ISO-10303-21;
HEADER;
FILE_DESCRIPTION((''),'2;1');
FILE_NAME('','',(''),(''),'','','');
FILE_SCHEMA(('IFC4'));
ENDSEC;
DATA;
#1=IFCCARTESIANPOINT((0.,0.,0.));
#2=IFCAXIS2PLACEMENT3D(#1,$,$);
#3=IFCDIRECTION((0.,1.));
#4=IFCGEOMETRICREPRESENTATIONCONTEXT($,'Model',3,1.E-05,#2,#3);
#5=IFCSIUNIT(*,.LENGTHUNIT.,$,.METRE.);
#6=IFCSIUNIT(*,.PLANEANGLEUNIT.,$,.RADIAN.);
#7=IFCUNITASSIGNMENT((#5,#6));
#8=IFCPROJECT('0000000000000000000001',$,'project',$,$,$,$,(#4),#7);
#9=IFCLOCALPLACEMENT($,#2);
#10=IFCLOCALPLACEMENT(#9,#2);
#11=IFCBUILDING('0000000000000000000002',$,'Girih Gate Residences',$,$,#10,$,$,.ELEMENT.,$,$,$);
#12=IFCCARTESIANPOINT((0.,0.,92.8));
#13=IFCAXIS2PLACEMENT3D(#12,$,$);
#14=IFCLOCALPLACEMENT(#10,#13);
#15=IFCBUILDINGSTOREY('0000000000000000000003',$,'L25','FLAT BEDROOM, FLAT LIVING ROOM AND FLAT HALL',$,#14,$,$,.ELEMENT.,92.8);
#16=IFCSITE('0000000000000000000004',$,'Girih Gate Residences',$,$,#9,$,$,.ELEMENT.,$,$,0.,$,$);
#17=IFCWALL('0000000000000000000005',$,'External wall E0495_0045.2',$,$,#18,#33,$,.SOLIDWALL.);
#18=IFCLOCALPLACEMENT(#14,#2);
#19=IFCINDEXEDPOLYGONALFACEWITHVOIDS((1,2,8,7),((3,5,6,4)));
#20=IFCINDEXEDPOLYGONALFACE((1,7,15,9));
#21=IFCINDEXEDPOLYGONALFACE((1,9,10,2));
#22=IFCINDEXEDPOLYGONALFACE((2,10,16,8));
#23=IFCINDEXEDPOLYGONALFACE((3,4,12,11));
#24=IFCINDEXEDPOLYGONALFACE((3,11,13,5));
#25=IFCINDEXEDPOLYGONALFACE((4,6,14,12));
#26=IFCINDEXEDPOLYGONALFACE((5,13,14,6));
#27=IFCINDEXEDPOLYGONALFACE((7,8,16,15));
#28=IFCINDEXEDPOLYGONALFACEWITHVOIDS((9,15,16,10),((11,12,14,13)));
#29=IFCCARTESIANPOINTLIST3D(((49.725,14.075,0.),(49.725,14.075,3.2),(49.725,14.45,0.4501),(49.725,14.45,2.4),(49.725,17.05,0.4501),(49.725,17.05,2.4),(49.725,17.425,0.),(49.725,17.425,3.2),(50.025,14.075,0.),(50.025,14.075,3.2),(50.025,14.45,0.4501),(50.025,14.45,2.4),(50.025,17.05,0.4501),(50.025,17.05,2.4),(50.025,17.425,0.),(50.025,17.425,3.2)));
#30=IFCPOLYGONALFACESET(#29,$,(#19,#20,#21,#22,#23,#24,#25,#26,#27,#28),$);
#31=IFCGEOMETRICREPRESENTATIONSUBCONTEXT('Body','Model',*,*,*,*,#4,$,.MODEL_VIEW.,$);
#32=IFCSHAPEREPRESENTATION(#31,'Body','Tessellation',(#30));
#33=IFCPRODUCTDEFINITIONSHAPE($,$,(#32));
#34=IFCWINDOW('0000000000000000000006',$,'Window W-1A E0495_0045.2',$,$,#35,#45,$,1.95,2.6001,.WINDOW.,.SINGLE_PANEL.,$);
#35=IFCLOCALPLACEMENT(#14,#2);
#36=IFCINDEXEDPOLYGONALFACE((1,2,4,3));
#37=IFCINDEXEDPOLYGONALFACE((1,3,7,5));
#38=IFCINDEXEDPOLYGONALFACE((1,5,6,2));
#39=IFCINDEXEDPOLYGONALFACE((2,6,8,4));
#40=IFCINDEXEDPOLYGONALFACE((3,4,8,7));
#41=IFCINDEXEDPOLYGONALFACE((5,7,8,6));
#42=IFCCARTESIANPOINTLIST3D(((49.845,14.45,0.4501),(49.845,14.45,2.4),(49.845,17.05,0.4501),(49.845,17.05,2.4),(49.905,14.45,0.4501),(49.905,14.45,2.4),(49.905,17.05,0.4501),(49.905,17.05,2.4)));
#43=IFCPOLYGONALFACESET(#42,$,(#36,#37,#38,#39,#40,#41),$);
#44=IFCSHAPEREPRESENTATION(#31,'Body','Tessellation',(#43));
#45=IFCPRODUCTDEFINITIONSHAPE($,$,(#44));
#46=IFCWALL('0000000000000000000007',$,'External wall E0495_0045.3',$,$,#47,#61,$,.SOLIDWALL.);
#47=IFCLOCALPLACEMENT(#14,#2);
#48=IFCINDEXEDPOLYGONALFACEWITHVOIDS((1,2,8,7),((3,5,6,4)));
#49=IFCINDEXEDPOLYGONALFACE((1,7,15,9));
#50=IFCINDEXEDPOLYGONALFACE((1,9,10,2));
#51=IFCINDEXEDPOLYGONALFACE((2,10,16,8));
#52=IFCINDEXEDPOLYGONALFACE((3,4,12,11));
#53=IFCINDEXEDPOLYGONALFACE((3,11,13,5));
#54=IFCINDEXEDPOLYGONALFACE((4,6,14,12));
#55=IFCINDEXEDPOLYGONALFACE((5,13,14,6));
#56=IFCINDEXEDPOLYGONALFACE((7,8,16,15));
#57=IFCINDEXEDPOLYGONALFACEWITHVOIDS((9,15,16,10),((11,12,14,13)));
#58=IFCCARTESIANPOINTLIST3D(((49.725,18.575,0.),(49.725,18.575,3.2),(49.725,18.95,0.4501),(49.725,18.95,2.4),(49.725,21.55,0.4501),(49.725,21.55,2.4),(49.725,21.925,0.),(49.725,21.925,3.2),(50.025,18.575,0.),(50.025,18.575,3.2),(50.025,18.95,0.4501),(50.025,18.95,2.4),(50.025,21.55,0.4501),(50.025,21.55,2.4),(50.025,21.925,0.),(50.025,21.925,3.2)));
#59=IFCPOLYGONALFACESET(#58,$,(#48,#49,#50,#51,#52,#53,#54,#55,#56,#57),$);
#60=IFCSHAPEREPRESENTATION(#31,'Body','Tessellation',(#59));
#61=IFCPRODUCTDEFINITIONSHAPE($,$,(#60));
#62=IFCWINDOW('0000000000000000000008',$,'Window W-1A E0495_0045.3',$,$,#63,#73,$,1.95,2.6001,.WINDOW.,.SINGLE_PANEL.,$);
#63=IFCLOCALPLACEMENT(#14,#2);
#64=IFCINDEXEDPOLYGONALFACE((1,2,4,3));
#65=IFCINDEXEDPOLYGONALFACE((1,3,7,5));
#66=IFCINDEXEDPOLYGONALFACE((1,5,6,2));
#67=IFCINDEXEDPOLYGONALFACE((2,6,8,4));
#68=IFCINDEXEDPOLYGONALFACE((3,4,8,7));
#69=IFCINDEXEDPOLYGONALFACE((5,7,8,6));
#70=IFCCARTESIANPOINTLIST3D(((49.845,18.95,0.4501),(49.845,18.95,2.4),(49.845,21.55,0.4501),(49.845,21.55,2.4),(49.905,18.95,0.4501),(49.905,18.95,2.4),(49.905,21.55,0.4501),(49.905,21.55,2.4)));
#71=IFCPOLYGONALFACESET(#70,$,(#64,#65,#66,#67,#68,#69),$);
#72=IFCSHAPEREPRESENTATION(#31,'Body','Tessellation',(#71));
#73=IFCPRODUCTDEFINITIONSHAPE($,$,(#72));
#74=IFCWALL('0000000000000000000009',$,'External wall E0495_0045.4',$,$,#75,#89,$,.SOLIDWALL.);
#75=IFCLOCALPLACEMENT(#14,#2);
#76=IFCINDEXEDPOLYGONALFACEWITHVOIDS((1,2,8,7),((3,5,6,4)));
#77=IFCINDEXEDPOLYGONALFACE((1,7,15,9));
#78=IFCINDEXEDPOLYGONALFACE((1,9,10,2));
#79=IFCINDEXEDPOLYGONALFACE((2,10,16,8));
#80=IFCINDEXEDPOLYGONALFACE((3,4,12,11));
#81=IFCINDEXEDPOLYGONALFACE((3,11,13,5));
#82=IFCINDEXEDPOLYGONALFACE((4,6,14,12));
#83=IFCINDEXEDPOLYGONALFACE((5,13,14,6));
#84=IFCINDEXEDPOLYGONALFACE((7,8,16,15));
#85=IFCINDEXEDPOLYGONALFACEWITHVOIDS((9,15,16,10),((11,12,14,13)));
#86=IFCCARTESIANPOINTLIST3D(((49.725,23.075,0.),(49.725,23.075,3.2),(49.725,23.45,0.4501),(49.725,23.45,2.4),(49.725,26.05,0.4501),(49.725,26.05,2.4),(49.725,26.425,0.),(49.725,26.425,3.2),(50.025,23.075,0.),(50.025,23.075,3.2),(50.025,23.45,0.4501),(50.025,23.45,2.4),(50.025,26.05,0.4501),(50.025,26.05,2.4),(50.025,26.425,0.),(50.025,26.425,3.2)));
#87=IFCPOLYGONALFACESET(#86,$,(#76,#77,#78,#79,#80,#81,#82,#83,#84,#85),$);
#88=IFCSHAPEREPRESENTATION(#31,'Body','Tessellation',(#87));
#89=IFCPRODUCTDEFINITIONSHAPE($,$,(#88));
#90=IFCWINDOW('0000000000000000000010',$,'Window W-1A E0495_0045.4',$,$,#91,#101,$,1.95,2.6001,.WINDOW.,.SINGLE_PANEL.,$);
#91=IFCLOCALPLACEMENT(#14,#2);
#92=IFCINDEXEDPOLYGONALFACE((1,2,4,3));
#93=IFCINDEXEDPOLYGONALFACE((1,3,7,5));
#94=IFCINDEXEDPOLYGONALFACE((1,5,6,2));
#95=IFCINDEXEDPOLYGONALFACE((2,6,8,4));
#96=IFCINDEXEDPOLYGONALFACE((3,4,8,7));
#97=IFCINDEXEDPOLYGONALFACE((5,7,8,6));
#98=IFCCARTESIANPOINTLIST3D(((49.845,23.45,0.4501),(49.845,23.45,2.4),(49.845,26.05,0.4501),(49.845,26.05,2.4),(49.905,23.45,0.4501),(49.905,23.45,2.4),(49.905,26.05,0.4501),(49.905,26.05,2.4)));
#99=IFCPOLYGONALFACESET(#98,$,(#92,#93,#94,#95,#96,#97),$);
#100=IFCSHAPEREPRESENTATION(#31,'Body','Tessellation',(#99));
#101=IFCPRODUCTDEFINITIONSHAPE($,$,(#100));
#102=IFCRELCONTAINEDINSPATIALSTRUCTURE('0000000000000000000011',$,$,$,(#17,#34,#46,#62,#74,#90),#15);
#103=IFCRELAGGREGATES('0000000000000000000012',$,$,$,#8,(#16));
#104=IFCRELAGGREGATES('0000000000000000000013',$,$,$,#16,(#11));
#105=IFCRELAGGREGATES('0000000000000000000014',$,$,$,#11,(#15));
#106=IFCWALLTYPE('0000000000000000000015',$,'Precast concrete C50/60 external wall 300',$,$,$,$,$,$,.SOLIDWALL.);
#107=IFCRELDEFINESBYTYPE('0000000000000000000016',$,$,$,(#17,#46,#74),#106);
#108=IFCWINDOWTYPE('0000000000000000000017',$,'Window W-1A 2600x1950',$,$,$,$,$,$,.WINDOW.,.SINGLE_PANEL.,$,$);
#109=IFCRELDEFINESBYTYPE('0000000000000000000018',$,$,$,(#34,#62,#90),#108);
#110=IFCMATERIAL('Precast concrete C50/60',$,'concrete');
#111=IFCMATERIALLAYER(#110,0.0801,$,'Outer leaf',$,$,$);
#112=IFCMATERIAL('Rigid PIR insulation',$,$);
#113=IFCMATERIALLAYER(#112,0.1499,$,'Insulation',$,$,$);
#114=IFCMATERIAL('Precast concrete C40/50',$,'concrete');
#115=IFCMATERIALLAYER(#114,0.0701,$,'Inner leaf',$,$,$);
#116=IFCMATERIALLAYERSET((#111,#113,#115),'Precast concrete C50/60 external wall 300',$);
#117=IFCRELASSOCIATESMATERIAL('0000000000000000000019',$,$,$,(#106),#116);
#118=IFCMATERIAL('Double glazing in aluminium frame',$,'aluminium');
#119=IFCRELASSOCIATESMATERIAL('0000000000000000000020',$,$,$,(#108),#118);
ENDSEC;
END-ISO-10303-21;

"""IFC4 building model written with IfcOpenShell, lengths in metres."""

from ifc_helpers import new_model, si_unit, direction, frame, frame_2d, origin, place, context, subcontext, project, spatial, rectangle, extrude, material, layer, layer_set, type_object, element, fill, save


model = new_model("IFC4")

# Units and contexts
model_context = context("Model", 3, precision=1e-05, world=origin(), true_north=direction((0.0, 1.0)))
body_context = subcontext(model_context, "Body", "Model", "MODEL_VIEW")
ifc_project = project(units=[si_unit("LENGTHUNIT", "METRE"), si_unit("PLANEANGLEUNIT", "RADIAN")], contexts=[model_context])

# Site, building, storey
site_placement = place(None, origin())
site = spatial("IfcSite", under=ifc_project, at=site_placement, Name="Girih Gate Residences", CompositionType="ELEMENT", RefElevation=0.0)
building_placement = place(site_placement, origin())
building = spatial("IfcBuilding", under=site, at=building_placement, Name="Girih Gate Residences", CompositionType="ELEMENT")
storey_placement = place(building_placement, frame((0.0, 0.0, 92.8)))
storey = spatial("IfcBuildingStorey", under=building, at=storey_placement, Name="L25", Description="FLAT BEDROOM, FLAT LIVING ROOM AND FLAT HALL", CompositionType="ELEMENT", Elevation=92.8)

# Walls, openings, windows
ifc_material_1 = material(Name="Precast concrete C50/60", Category="concrete")
ifc_layer_1 = layer(ifc_material_1, 0.0801, Name="Outer leaf")
ifc_material_2 = material(Name="Rigid PIR insulation")
ifc_layer_2 = layer(ifc_material_2, 0.1499, Name="Insulation")
ifc_material_3 = material(Name="Precast concrete C40/50", Category="concrete")
ifc_layer_3 = layer(ifc_material_3, 0.0701, Name="Inner leaf")
ifc_layer_set_1 = layer_set([ifc_layer_1, ifc_layer_2, ifc_layer_3], Name="Precast concrete C50/60 external wall 300")
wall_type_1 = type_object("IfcWallType", Name="Precast concrete C50/60 external wall 300", PredefinedType="SOLIDWALL", material=ifc_layer_set_1)
wall_1_placement = place(storey_placement, frame((49.875, 17.425, 0.0), z_axis=(0.0, 0.0, 1.0), x_axis=(0.0, -1.0, 0.0)))
wall_1 = element("IfcWall", 1, at=wall_1_placement, inside=storey, type_object=wall_type_1, Name="External wall E0495_0045.2", PredefinedType="SOLIDWALL", context=body_context, shape_type="SweptSolid", body=[
    extrude(rectangle(XDim=3.3501, YDim=0.3, at=frame_2d((1.675, 0.0))), origin(), (0.0, 0.0, 1.0), 3.2),
])
opening_1_placement = place(wall_1_placement, frame((0.375, 0.0, 0.45)))
opening_1 = element("IfcOpeningElement", 2, at=opening_1_placement, cuts=wall_1, PredefinedType="OPENING", context=body_context, shape_type="SweptSolid", body=[
    extrude(rectangle(XDim=2.6001, YDim=1.95, at=frame_2d((1.3, 0.9751))), frame((0.0, 0.1599, 0.0), z_axis=(0.0, -1.0, 0.0), x_axis=(1.0, 0.0, 0.0)), (0.0, 0.0, 1.0), 0.3201),
])
ifc_material_4 = material(Name="Double glazing in aluminium frame", Category="aluminium")
window_type = type_object("IfcWindowType", Name="Window W-1A 2600x1950", PartitioningType="SINGLE_PANEL", PredefinedType="WINDOW", material=ifc_material_4)
window_1_placement = place(opening_1_placement, origin())
window_1 = element("IfcWindow", 3, at=window_1_placement, inside=storey, type_object=window_type, Name="Window W-1A E0495_0045.2", OverallHeight=1.95, OverallWidth=2.6001, PartitioningType="SINGLE_PANEL", PredefinedType="WINDOW", context=body_context, shape_type="SweptSolid", body=[
    extrude(rectangle(XDim=2.6001, YDim=1.95, at=frame_2d((1.3, 0.9751))), frame((0.0, 0.03, 0.0), z_axis=(0.0, -1.0, 0.0), x_axis=(1.0, 0.0, 0.0)), (0.0, 0.0, 1.0), 0.0601),
])
fill(opening_1, window_1)
wall_2_placement = place(storey_placement, frame((49.875, 21.925, 0.0), z_axis=(0.0, 0.0, 1.0), x_axis=(0.0, -1.0, 0.0)))
wall_2 = element("IfcWall", 4, at=wall_2_placement, inside=storey, type_object=wall_type_1, Name="External wall E0495_0045.3", PredefinedType="SOLIDWALL", context=body_context, shape_type="SweptSolid", body=[
    extrude(rectangle(XDim=3.3501, YDim=0.3, at=frame_2d((1.675, 0.0))), origin(), (0.0, 0.0, 1.0), 3.2),
])
opening_2_placement = place(wall_2_placement, frame((0.375, 0.0, 0.45)))
opening_2 = element("IfcOpeningElement", 5, at=opening_2_placement, cuts=wall_2, PredefinedType="OPENING", context=body_context, shape_type="SweptSolid", body=[
    extrude(rectangle(XDim=2.6001, YDim=1.95, at=frame_2d((1.3, 0.9751))), frame((0.0, 0.1599, 0.0), z_axis=(0.0, -1.0, 0.0), x_axis=(1.0, 0.0, 0.0)), (0.0, 0.0, 1.0), 0.3201),
])
window_2_placement = place(opening_2_placement, origin())
window_2 = element("IfcWindow", 6, at=window_2_placement, inside=storey, type_object=window_type, Name="Window W-1A E0495_0045.3", OverallHeight=1.95, OverallWidth=2.6001, PartitioningType="SINGLE_PANEL", PredefinedType="WINDOW", context=body_context, shape_type="SweptSolid", body=[
    extrude(rectangle(XDim=2.6001, YDim=1.95, at=frame_2d((1.3, 0.9751))), frame((0.0, 0.03, 0.0), z_axis=(0.0, -1.0, 0.0), x_axis=(1.0, 0.0, 0.0)), (0.0, 0.0, 1.0), 0.0601),
])
fill(opening_2, window_2)
wall_3_placement = place(storey_placement, frame((49.875, 26.425, 0.0), z_axis=(0.0, 0.0, 1.0), x_axis=(0.0, -1.0, 0.0)))
wall_3 = element("IfcWall", 7, at=wall_3_placement, inside=storey, type_object=wall_type_1, Name="External wall E0495_0045.4", PredefinedType="SOLIDWALL", context=body_context, shape_type="SweptSolid", body=[
    extrude(rectangle(XDim=3.3501, YDim=0.3, at=frame_2d((1.675, 0.0))), origin(), (0.0, 0.0, 1.0), 3.2),
])
opening_3_placement = place(wall_3_placement, frame((0.375, 0.0, 0.45)))
opening_3 = element("IfcOpeningElement", 8, at=opening_3_placement, cuts=wall_3, PredefinedType="OPENING", context=body_context, shape_type="SweptSolid", body=[
    extrude(rectangle(XDim=2.6001, YDim=1.95, at=frame_2d((1.3, 0.9751))), frame((0.0, 0.1599, 0.0), z_axis=(0.0, -1.0, 0.0), x_axis=(1.0, 0.0, 0.0)), (0.0, 0.0, 1.0), 0.3201),
])
window_3_placement = place(opening_3_placement, origin())
window_3 = element("IfcWindow", 9, at=window_3_placement, inside=storey, type_object=window_type, Name="Window W-1A E0495_0045.4", OverallHeight=1.95, OverallWidth=2.6001, PartitioningType="SINGLE_PANEL", PredefinedType="WINDOW", context=body_context, shape_type="SweptSolid", body=[
    extrude(rectangle(XDim=2.6001, YDim=1.95, at=frame_2d((1.3, 0.9751))), frame((0.0, 0.03, 0.0), z_axis=(0.0, -1.0, 0.0), x_axis=(1.0, 0.0, 0.0)), (0.0, 0.0, 1.0), 0.0601),
])
fill(opening_3, window_3)

save(model, "model.ifc")
